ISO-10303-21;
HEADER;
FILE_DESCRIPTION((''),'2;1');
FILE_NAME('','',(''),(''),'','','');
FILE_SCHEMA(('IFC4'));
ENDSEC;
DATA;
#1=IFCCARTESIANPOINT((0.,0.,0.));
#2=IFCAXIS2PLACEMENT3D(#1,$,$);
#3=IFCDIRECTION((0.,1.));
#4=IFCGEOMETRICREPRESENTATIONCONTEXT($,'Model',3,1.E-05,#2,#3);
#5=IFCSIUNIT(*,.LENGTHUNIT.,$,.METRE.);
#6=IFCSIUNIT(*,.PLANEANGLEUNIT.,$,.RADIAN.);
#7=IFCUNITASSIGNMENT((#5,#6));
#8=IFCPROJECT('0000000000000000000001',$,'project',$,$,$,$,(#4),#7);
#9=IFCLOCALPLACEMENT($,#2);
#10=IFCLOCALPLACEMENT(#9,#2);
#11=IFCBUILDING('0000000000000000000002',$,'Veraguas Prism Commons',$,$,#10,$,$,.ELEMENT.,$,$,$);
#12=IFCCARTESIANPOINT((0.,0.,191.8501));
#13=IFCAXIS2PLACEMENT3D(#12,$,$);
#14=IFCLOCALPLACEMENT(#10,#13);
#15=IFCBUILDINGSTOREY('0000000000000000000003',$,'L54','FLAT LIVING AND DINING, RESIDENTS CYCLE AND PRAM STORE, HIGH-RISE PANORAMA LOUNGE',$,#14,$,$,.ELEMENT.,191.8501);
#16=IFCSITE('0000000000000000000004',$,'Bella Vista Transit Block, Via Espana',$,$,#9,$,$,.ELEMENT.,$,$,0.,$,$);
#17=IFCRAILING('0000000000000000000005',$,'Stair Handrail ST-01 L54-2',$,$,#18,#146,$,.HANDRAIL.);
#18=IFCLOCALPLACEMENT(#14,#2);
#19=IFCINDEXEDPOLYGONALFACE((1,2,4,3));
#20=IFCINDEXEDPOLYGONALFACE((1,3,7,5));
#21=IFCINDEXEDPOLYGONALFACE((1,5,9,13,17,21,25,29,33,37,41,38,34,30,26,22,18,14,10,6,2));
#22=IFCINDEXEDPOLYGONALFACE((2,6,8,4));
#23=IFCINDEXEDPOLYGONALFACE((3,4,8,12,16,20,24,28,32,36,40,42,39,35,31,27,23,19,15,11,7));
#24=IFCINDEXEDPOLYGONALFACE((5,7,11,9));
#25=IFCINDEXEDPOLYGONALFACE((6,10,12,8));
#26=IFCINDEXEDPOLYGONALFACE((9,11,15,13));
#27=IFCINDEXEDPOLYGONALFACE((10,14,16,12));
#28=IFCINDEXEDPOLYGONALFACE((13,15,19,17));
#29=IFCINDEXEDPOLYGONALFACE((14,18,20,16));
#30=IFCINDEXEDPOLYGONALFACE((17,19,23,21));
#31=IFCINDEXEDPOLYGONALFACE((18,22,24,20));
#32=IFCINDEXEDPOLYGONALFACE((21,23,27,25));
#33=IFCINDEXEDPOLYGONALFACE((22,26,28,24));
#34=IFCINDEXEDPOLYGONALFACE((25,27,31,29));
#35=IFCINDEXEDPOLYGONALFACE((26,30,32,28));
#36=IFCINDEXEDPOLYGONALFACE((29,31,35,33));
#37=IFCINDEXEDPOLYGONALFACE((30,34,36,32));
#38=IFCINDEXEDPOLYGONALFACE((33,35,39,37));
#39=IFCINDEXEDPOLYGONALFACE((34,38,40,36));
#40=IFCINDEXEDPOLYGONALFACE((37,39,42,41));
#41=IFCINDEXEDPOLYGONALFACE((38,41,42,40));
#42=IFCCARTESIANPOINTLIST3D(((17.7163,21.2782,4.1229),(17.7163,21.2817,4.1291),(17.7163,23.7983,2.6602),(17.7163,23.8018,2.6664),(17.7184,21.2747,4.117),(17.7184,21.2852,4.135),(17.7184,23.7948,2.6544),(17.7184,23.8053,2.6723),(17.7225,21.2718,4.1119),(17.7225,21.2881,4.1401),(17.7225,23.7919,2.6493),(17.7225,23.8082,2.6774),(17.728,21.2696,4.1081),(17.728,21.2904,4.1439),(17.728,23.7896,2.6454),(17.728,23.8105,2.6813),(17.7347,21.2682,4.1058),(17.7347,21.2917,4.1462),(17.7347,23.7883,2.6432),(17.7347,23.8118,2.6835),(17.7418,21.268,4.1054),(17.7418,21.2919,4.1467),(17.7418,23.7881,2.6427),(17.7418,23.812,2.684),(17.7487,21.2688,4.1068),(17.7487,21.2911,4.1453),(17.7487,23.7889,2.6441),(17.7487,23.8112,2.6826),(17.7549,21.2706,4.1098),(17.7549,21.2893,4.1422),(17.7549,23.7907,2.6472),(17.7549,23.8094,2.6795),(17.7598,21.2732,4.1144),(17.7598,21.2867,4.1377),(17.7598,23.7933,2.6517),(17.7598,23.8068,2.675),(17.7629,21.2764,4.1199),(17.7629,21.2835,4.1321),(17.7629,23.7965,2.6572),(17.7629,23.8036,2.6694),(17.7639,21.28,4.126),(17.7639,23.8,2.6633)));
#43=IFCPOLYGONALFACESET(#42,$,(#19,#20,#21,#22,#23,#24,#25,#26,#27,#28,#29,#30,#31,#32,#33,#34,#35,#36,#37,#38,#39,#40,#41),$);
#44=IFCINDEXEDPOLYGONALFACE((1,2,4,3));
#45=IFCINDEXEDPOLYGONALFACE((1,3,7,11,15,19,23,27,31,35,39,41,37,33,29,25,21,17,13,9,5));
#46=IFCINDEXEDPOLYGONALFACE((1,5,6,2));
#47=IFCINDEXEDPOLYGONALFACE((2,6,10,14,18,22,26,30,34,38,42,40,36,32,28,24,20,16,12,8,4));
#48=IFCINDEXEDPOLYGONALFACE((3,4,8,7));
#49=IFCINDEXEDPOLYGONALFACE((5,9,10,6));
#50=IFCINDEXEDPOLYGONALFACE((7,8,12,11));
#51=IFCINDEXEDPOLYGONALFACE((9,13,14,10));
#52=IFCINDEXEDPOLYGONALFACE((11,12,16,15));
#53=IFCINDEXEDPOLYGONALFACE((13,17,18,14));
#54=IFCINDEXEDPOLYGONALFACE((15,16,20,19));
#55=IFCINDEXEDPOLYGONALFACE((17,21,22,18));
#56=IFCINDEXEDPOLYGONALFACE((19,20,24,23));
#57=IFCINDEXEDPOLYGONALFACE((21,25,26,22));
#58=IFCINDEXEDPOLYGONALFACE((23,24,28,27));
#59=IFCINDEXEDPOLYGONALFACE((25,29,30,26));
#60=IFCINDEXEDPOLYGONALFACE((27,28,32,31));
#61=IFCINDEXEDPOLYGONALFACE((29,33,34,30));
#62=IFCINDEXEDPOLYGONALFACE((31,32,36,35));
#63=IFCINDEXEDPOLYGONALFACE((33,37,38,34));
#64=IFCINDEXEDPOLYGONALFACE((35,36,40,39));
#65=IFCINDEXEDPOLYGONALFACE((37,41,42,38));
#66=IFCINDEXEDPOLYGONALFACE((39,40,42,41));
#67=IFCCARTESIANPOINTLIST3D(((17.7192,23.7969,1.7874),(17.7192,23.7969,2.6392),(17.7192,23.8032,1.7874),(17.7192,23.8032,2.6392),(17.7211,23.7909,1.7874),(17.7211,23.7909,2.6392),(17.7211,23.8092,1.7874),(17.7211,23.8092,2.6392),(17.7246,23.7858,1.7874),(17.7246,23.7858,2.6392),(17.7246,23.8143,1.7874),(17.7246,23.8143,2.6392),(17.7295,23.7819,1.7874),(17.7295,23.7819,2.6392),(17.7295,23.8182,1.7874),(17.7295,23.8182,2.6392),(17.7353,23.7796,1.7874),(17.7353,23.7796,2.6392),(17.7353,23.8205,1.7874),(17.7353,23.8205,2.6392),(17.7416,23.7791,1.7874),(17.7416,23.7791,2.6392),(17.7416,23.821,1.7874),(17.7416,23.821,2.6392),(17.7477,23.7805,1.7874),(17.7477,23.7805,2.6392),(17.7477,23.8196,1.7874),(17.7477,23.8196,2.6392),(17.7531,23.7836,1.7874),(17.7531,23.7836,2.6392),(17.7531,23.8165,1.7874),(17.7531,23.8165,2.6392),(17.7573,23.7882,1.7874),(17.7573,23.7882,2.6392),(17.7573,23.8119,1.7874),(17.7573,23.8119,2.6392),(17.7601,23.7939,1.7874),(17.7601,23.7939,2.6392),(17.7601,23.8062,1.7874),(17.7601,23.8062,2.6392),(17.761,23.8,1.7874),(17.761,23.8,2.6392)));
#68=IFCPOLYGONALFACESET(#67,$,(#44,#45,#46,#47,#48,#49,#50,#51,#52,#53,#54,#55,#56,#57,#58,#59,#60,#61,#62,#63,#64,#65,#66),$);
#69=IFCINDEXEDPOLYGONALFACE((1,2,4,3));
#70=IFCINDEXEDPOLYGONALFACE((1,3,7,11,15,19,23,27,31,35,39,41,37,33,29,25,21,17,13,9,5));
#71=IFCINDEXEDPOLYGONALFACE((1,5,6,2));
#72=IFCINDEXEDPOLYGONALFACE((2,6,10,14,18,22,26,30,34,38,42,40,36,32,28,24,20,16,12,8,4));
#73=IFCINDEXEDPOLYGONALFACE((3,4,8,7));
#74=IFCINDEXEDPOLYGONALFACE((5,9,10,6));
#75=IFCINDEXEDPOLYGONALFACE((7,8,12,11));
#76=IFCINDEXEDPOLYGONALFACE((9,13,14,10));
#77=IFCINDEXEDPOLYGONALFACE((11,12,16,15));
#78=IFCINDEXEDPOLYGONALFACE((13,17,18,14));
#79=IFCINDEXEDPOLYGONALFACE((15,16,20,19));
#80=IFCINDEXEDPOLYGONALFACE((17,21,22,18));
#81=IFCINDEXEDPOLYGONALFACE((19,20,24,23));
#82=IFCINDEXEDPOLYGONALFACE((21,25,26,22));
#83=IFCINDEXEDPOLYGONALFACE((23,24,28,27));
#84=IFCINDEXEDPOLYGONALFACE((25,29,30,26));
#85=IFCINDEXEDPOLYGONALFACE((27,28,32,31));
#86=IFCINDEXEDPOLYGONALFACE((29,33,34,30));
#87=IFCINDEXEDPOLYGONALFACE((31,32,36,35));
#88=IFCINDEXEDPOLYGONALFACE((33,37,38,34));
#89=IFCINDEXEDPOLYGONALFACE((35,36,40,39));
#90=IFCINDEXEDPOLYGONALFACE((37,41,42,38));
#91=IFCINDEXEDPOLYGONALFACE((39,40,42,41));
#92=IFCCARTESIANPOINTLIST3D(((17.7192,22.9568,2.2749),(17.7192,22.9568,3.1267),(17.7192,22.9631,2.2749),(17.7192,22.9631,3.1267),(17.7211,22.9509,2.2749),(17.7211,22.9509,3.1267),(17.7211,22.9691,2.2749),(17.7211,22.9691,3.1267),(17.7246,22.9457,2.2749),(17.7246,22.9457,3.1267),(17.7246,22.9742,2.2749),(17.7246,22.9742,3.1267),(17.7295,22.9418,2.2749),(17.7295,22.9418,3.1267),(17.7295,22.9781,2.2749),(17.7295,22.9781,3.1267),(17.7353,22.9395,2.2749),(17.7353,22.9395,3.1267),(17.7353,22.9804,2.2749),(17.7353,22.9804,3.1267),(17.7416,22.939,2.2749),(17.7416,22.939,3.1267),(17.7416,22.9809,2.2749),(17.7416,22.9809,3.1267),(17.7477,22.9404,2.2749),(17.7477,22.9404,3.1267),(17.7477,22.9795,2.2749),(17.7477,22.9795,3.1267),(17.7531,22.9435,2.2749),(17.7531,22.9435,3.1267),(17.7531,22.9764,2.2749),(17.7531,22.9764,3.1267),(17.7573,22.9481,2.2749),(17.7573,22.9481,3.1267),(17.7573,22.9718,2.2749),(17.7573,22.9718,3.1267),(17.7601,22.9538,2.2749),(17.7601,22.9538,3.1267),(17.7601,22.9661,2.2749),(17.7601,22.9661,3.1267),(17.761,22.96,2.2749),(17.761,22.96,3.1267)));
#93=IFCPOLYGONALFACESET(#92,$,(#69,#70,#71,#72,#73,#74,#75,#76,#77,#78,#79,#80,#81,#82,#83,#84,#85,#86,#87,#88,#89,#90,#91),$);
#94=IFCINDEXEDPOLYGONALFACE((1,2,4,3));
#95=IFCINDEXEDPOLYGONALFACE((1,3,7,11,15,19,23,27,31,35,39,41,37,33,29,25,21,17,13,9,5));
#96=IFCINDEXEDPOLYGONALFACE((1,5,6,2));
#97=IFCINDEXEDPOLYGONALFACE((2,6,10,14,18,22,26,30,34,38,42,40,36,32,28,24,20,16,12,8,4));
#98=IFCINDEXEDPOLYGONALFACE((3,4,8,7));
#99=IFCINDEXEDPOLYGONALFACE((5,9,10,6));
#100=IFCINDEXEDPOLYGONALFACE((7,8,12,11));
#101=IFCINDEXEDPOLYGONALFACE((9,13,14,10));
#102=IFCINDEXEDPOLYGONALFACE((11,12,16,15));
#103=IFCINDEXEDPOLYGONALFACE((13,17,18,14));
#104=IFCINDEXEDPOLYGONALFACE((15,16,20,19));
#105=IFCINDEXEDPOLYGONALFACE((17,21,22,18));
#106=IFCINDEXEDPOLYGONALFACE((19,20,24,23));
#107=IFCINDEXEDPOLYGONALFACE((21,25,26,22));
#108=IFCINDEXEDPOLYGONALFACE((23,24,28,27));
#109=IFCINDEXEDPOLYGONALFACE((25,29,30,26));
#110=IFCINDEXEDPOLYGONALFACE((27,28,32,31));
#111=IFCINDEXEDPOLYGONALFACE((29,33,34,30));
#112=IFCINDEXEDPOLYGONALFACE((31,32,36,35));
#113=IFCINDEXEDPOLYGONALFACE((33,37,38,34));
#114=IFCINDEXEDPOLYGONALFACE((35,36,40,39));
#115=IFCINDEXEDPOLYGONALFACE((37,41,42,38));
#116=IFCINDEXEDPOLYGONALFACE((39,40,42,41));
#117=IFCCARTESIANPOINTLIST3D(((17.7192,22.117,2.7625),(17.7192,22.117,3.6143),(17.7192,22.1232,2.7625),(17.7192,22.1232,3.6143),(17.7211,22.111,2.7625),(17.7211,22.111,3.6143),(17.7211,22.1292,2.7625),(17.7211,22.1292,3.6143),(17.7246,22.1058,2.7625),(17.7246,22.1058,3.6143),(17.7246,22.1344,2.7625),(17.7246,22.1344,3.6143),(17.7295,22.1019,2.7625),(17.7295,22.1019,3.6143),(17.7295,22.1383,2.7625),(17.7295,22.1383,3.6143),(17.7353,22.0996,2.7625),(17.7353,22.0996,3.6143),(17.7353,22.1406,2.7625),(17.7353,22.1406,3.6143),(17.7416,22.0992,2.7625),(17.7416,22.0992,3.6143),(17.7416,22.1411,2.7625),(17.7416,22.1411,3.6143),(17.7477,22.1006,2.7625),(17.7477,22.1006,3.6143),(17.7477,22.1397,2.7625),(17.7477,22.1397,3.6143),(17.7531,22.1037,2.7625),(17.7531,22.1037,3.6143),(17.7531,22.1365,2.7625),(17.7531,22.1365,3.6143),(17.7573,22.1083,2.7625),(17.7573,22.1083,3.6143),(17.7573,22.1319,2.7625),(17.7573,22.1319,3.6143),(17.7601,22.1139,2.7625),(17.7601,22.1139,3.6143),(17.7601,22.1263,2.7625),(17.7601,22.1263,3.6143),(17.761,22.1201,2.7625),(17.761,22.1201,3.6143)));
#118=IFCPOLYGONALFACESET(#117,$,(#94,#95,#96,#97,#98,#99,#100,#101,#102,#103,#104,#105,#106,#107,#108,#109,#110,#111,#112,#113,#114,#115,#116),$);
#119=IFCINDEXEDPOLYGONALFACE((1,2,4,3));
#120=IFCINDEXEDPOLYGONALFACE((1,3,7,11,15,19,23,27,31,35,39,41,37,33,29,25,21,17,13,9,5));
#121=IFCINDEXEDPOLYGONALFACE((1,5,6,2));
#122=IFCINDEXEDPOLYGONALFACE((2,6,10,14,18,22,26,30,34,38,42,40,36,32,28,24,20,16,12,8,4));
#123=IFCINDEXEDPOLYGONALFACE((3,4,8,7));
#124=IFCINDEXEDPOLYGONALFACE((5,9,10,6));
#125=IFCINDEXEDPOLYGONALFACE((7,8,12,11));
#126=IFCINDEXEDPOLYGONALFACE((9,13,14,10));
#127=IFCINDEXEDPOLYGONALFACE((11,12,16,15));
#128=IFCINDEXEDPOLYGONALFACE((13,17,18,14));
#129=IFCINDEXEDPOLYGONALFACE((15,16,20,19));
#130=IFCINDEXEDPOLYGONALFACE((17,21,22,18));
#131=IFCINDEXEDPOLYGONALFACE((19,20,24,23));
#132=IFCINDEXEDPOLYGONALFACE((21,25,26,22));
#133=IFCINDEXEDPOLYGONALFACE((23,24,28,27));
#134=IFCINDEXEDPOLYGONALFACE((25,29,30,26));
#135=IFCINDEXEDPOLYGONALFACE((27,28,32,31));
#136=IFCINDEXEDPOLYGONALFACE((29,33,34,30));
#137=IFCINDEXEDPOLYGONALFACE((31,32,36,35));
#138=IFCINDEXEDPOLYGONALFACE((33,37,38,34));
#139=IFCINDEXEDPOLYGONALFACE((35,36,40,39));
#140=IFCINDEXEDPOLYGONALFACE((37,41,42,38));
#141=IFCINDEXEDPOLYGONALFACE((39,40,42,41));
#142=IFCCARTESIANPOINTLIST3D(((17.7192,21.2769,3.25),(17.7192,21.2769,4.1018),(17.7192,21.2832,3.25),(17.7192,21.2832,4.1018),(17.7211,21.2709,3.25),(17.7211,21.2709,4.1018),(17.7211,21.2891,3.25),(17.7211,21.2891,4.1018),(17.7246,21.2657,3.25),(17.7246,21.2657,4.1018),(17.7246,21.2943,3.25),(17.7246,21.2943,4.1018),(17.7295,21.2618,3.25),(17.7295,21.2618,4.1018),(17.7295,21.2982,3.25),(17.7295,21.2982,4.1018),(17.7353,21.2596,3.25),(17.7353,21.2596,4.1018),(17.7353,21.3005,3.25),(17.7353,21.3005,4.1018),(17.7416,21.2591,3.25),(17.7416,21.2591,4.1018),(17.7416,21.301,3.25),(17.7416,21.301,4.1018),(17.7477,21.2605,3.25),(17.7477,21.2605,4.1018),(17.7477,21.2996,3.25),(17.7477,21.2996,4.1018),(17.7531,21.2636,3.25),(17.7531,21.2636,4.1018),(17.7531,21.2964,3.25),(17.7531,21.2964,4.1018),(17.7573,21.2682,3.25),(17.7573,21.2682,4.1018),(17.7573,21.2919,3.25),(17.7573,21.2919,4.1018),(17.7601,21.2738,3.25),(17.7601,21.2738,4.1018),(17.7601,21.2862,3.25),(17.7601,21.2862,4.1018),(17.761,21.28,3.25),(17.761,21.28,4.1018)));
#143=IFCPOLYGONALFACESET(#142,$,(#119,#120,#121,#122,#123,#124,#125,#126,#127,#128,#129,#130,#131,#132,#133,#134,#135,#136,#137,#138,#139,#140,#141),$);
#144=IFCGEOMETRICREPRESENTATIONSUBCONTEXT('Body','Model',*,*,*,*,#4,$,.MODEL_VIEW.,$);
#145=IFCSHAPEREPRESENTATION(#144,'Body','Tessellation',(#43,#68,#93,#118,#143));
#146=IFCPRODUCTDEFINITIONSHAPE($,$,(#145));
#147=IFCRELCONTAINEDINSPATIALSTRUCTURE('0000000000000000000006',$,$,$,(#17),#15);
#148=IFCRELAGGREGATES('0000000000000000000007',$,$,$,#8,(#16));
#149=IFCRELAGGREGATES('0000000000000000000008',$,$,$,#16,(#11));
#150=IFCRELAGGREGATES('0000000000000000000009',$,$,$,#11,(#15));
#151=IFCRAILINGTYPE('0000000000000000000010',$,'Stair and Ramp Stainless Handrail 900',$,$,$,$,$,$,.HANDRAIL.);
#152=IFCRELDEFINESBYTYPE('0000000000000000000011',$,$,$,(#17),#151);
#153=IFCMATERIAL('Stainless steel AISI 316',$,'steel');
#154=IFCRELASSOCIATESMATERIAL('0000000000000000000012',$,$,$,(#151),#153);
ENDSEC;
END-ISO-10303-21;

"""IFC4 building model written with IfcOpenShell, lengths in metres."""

from ifc_helpers import new_model, si_unit, direction, frame, origin, origin_2d, place, context, subcontext, project, spatial, circle, extrude, material, type_object, element, save


model = new_model("IFC4")

# Units and contexts
model_context = context("Model", 3, precision=1e-05, world=origin(), true_north=direction((0.0, 1.0)))
body_context = subcontext(model_context, "Body", "Model", "MODEL_VIEW")
ifc_project = project(units=[si_unit("LENGTHUNIT", "METRE"), si_unit("PLANEANGLEUNIT", "RADIAN")], contexts=[model_context])

# Site, building, storey
site_placement = place(None, origin())
site = spatial("IfcSite", under=ifc_project, at=site_placement, Name="Bella Vista Transit Block, Via Espana", CompositionType="ELEMENT", RefElevation=0.0)
building_placement = place(site_placement, origin())
building = spatial("IfcBuilding", under=site, at=building_placement, Name="Veraguas Prism Commons", CompositionType="ELEMENT")
storey_placement = place(building_placement, frame((0.0, 0.0, 191.8501)))
storey = spatial("IfcBuildingStorey", under=building, at=storey_placement, Name="L54", Description="FLAT LIVING AND DINING, RESIDENTS CYCLE AND PRAM STORE, HIGH-RISE PANORAMA LOUNGE", CompositionType="ELEMENT", Elevation=191.8501)

# Railing
ifc_material_1 = material(Name="Stainless steel AISI 316", Category="steel")
railing_type_1 = type_object("IfcRailingType", Name="Stair and Ramp Stainless Handrail 900", PredefinedType="HANDRAIL", material=ifc_material_1)
railing_1_placement = place(storey_placement, frame((17.74, 23.8, 1.7874)))
element("IfcRailing", 1, at=railing_1_placement, inside=storey, type_object=railing_type_1, Name="Stair Handrail ST-01 L54-2", PredefinedType="HANDRAIL", context=body_context, shape_type="SweptSolid", body=[
    extrude(circle(Radius=0.0239, at=origin_2d()), frame((0.0, 0.0, 0.876), z_axis=(0.0, -0.864877, 0.501984), x_axis=(1.0, 0.0, 0.0)), (0.0, 0.0, 1.0), 2.9138),
    extrude(circle(Radius=0.021, at=origin_2d()), origin(), (0.0, 0.0, 1.0), 0.8518),
    extrude(circle(Radius=0.021, at=origin_2d()), frame((0.0, -0.8401, 0.4875)), (0.0, 0.0, 1.0), 0.8518),
    extrude(circle(Radius=0.021, at=origin_2d()), frame((0.0, -1.6799, 0.9751)), (0.0, 0.0, 1.0), 0.8518),
    extrude(circle(Radius=0.021, at=origin_2d()), frame((0.0, -2.52, 1.4626)), (0.0, 0.0, 1.0), 0.8518),
])

save(model, "model.ifc")
